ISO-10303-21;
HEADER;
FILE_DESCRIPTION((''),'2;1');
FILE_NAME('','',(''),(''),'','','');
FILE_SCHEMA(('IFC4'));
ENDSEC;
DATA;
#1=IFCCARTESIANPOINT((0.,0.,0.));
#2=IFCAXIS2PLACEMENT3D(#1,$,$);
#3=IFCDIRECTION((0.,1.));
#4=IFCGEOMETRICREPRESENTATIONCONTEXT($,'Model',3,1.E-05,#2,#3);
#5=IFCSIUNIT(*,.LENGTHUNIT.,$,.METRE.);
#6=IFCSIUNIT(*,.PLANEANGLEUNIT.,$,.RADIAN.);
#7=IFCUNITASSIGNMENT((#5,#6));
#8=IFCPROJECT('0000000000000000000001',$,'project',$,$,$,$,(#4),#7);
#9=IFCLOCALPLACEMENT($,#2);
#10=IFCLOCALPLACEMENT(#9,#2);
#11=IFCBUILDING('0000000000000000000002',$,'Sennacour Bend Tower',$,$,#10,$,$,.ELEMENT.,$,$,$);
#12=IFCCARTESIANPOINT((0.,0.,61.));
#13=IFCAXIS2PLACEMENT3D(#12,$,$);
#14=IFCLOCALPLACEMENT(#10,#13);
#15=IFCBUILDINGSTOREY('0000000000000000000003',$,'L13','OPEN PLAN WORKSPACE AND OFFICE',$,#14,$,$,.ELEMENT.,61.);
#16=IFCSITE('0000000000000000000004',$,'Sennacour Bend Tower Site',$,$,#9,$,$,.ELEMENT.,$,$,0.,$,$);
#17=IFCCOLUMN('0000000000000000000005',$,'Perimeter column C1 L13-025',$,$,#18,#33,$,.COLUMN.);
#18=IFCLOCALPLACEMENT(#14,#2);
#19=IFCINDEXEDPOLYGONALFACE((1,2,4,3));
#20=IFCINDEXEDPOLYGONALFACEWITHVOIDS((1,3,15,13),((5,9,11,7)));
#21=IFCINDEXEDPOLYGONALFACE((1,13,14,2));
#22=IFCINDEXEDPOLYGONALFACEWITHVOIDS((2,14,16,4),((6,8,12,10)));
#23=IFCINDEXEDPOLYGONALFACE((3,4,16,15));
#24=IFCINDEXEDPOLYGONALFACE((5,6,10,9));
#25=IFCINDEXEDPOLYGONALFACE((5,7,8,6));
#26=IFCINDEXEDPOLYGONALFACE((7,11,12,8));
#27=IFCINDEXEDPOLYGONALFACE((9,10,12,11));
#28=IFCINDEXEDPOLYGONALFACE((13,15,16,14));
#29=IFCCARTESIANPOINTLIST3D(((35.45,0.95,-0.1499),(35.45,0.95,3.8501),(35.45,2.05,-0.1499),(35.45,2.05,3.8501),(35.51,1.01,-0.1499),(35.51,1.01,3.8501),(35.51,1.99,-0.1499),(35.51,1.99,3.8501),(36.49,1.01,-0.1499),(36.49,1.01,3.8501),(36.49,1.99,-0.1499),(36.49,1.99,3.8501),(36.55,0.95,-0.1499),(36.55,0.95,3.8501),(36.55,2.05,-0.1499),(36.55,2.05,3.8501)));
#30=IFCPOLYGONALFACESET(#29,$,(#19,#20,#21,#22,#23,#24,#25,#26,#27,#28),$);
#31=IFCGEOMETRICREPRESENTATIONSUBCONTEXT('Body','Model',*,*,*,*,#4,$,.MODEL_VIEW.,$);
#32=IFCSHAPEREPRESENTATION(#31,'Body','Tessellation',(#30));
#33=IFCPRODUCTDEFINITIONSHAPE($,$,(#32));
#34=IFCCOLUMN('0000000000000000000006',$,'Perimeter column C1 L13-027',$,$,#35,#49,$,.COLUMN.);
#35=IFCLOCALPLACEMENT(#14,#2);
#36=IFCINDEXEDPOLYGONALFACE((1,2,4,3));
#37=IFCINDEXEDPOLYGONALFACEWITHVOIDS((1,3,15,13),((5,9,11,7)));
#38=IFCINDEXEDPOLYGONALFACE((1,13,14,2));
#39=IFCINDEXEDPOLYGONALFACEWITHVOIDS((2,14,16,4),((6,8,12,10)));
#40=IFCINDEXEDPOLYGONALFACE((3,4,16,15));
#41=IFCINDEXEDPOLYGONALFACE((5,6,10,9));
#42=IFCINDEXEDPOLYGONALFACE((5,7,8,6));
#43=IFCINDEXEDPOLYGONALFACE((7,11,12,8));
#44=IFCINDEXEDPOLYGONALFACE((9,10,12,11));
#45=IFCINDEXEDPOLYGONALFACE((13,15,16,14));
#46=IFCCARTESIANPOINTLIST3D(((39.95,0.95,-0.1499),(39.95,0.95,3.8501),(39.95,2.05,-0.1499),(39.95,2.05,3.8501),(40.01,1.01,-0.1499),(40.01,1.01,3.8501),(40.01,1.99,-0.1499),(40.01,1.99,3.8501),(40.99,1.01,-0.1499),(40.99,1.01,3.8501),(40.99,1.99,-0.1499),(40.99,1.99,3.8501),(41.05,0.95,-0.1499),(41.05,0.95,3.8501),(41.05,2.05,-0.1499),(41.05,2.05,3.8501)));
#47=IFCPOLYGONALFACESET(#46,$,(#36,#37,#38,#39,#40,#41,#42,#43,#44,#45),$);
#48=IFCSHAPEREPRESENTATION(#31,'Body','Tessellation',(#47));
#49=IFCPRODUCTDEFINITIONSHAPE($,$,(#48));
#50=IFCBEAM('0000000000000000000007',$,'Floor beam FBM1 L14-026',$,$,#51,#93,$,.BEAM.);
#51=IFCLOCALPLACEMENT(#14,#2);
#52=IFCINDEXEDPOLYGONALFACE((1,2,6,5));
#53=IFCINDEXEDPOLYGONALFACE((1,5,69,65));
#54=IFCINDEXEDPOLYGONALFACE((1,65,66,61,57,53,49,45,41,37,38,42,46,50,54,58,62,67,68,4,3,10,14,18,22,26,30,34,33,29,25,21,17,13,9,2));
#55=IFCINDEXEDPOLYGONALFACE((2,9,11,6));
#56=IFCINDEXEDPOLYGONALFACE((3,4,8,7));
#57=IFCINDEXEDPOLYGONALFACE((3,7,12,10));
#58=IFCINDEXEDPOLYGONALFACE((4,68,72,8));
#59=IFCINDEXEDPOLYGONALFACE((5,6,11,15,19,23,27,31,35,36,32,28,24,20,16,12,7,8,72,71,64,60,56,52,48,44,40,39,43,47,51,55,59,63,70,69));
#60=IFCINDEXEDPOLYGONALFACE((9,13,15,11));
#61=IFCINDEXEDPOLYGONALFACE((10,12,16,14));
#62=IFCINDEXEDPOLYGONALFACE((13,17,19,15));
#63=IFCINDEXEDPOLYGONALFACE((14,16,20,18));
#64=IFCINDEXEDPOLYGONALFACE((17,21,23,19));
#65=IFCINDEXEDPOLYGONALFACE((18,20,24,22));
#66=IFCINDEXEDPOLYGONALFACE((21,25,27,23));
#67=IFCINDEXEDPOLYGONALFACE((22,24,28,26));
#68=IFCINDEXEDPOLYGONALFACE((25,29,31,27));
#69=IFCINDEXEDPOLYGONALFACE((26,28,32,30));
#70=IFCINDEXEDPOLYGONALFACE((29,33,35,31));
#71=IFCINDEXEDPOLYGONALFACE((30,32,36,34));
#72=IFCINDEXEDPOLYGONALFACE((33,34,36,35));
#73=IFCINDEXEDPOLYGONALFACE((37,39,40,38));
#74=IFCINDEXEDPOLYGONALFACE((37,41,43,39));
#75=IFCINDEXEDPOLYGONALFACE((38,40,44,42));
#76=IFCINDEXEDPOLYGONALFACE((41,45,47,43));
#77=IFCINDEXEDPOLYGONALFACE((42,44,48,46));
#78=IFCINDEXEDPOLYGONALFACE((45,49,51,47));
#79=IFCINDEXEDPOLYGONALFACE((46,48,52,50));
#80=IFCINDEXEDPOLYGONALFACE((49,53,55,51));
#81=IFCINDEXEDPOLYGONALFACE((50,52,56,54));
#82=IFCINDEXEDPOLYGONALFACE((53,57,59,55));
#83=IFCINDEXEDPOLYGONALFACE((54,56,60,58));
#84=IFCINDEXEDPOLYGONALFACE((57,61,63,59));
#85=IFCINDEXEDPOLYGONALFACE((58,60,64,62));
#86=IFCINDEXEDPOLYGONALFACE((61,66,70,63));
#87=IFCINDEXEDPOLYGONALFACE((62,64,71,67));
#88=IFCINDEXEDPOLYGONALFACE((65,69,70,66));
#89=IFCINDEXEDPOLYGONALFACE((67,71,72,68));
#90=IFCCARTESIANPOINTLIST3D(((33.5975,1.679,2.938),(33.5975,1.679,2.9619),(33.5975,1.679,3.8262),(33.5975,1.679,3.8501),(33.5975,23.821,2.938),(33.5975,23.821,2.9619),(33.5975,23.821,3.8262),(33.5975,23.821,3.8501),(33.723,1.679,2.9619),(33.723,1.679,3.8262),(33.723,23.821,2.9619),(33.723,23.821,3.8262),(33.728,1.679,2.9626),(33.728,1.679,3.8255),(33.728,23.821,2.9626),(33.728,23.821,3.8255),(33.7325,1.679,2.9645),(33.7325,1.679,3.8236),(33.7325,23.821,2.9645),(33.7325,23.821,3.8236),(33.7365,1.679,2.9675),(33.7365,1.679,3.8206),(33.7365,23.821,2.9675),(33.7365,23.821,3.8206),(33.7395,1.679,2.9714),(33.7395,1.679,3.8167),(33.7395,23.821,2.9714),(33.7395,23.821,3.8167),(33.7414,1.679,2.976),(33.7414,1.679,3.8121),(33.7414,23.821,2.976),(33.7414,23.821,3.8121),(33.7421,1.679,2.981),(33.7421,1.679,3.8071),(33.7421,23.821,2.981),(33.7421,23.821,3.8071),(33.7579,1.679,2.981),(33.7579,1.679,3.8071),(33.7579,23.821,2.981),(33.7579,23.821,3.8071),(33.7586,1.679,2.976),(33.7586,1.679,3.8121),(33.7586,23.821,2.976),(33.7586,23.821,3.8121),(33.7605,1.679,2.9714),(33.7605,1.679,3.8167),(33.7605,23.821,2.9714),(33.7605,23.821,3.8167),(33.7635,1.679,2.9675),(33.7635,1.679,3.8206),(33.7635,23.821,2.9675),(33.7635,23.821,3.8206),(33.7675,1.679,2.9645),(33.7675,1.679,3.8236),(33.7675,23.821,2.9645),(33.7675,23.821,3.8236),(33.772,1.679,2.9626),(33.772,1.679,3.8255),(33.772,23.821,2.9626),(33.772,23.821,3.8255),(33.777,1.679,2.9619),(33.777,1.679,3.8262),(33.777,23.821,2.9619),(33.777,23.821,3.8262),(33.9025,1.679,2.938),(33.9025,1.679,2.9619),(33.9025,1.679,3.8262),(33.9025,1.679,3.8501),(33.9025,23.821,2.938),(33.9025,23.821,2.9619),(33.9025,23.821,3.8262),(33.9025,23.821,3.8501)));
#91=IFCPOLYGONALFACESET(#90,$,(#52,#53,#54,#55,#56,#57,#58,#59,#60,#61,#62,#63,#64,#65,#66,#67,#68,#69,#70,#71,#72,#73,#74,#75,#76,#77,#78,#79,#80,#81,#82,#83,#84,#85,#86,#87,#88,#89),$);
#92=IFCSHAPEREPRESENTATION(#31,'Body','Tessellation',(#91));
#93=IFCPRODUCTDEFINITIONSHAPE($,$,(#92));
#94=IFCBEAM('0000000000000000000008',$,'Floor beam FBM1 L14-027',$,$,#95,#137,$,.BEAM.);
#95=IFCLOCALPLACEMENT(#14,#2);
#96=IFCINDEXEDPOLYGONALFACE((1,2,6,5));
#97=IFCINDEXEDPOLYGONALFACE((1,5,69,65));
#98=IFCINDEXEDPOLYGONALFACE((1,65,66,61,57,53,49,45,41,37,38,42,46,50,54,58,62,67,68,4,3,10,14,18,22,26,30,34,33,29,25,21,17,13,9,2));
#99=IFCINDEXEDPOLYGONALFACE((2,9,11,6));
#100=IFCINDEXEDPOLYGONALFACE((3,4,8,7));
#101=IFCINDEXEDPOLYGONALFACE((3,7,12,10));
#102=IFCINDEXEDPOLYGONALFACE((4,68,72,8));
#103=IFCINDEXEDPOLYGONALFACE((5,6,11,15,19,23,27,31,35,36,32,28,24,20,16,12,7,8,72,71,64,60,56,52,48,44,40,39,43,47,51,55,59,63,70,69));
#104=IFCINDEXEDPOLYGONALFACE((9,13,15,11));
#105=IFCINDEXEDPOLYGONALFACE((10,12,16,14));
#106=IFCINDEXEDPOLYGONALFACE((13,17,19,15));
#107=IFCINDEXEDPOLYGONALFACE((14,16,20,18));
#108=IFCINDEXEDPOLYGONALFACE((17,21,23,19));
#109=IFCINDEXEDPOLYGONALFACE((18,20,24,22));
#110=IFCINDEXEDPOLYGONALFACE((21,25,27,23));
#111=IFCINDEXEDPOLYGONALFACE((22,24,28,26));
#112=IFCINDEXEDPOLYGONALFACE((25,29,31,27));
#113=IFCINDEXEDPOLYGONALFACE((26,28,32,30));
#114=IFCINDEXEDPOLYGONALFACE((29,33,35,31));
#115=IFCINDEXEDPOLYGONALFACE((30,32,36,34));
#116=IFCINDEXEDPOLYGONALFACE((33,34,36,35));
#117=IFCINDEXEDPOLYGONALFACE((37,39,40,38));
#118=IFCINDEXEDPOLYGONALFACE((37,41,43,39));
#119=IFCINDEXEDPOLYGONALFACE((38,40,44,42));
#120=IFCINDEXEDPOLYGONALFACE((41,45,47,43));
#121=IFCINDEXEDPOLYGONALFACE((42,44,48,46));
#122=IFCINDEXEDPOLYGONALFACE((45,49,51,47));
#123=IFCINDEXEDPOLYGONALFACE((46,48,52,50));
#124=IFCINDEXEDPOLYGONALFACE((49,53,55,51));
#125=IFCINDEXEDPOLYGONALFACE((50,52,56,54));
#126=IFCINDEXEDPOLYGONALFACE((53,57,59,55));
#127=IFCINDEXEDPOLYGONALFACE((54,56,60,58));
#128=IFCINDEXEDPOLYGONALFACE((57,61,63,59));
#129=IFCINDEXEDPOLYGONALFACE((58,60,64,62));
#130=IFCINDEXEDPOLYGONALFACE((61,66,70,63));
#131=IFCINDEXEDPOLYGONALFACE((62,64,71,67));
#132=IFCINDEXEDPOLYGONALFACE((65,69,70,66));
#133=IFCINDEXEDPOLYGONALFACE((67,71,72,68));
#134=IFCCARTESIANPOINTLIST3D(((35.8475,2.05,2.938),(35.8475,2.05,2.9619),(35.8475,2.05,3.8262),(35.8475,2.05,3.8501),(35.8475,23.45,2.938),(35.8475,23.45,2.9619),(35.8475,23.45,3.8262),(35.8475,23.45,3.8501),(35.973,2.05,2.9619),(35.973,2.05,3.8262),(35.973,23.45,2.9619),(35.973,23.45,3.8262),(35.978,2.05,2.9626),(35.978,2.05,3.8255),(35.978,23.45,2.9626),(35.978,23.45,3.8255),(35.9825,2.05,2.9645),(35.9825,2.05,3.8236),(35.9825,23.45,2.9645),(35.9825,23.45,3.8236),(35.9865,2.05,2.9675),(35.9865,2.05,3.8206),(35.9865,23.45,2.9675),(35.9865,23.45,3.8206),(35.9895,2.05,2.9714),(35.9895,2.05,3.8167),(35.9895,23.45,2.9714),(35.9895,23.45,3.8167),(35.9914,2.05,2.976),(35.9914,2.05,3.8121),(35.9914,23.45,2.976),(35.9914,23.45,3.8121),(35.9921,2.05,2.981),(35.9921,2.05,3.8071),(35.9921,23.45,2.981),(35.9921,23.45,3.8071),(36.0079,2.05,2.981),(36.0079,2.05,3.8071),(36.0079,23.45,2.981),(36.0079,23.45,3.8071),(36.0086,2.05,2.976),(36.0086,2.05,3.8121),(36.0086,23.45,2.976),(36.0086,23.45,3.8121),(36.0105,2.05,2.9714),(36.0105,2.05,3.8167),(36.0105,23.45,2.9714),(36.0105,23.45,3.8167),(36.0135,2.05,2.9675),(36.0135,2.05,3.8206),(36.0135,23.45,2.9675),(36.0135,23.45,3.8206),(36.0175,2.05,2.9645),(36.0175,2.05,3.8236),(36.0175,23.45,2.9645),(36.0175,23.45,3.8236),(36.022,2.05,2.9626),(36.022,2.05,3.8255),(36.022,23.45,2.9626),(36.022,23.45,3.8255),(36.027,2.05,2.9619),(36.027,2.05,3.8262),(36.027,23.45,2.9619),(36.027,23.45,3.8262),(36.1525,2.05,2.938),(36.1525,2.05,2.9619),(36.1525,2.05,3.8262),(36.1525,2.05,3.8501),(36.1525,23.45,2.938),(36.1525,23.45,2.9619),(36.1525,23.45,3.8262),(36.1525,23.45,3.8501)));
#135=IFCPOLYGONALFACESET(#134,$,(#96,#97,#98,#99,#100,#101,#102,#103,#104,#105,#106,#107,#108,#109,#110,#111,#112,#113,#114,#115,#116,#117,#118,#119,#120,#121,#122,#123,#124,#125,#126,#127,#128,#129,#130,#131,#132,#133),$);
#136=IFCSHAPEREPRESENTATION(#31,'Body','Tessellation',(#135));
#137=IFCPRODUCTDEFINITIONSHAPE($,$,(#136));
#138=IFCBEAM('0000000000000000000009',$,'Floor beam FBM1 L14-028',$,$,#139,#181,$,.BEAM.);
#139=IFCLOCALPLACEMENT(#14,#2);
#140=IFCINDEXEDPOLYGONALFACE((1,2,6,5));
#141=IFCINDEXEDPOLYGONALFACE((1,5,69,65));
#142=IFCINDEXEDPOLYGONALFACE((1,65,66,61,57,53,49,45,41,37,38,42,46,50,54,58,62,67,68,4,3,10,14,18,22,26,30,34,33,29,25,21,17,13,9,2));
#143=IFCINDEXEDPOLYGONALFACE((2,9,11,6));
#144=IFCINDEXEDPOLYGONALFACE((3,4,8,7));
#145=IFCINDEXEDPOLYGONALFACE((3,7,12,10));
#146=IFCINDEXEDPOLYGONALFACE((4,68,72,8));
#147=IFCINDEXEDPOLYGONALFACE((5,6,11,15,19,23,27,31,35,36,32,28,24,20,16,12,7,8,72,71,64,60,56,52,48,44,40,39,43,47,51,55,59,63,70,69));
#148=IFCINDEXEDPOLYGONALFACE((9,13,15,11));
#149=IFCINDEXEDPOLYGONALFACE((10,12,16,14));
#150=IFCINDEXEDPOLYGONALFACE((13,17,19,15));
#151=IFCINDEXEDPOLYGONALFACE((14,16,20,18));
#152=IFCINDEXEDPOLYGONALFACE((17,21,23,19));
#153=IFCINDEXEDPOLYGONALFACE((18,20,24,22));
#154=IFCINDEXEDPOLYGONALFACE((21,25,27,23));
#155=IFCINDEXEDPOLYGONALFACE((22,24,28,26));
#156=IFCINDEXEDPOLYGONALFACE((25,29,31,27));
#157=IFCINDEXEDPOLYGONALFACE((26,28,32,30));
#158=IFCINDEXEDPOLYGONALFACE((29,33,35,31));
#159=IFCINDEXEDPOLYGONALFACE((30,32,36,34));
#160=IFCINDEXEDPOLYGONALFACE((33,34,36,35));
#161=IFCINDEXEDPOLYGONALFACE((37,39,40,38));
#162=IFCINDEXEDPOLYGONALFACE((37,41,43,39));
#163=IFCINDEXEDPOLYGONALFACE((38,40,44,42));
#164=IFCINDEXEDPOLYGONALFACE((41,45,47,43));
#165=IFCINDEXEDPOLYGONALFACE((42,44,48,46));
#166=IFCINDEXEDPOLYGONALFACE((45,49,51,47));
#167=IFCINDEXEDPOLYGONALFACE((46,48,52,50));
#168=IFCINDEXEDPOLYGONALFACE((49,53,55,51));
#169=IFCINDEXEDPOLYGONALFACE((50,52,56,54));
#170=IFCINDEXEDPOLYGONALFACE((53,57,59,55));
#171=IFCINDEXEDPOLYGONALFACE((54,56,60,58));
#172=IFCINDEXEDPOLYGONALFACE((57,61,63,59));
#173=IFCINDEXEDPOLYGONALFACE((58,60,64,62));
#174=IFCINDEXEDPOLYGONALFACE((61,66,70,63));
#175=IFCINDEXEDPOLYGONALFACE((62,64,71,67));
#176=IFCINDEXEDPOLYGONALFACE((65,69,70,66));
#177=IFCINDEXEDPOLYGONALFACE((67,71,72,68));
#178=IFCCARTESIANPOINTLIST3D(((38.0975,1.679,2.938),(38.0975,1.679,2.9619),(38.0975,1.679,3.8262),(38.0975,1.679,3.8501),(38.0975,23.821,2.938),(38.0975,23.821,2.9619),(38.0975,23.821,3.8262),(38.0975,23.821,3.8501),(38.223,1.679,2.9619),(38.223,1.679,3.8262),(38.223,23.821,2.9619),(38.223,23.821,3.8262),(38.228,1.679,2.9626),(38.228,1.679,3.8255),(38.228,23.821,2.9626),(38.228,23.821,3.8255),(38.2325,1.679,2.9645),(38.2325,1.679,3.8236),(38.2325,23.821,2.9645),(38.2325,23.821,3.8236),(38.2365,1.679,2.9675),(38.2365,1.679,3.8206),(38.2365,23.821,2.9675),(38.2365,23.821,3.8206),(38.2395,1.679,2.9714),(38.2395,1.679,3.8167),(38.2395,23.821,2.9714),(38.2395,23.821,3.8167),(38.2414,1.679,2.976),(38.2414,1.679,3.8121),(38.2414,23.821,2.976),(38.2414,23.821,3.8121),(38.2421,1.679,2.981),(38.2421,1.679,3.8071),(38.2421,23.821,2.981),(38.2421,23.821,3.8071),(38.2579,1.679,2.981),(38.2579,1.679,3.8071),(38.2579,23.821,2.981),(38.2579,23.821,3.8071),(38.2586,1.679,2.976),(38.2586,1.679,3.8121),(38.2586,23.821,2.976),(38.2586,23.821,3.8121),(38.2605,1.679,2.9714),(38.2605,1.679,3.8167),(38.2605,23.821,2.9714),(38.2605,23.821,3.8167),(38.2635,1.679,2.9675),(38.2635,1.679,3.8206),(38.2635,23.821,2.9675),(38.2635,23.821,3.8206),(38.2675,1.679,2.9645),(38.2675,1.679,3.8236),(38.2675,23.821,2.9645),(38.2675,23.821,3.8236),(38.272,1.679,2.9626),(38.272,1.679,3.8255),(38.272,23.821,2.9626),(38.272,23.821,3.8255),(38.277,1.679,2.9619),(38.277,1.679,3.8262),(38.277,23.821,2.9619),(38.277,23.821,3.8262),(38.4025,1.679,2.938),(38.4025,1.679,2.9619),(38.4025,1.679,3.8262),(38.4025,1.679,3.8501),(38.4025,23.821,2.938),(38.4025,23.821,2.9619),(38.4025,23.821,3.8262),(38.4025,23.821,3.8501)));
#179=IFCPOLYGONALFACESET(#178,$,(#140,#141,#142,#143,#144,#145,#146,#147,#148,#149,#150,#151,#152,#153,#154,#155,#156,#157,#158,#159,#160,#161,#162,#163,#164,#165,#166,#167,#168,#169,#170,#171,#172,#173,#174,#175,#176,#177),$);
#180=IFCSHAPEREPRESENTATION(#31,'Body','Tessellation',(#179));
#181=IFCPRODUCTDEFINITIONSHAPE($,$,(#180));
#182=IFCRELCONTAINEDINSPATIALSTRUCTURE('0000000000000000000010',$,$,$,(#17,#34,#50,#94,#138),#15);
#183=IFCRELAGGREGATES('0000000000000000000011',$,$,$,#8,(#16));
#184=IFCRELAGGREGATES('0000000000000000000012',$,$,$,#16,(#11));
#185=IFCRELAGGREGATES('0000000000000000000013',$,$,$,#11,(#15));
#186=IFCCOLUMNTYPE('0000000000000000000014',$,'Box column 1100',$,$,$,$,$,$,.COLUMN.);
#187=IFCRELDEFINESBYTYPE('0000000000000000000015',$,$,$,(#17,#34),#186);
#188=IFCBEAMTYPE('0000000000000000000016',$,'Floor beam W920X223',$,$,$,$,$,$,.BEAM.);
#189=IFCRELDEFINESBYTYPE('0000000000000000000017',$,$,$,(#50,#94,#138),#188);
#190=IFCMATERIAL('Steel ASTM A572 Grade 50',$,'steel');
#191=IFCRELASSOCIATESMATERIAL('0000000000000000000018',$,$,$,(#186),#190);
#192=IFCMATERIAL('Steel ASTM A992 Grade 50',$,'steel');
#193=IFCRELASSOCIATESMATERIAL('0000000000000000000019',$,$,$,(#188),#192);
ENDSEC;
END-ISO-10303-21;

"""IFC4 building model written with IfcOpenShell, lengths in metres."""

from ifc_helpers import new_model, si_unit, direction, frame, origin, origin_2d, place, context, subcontext, project, spatial, hollow_rectangle, i_section, extrude, material, material_profile, profile_set, type_object, element, save


model = new_model("IFC4")

# Units and contexts
model_context = context("Model", 3, precision=1e-05, world=origin(), true_north=direction((0.0, 1.0)))
body_context = subcontext(model_context, "Body", "Model", "MODEL_VIEW")
ifc_project = project(units=[si_unit("LENGTHUNIT", "METRE"), si_unit("PLANEANGLEUNIT", "RADIAN")], contexts=[model_context])

# Site, building, storey
site_placement = place(None, origin())
site = spatial("IfcSite", under=ifc_project, at=site_placement, Name="Sennacour Bend Tower Site", CompositionType="ELEMENT", RefElevation=0.0)
building_placement = place(site_placement, origin())
building = spatial("IfcBuilding", under=site, at=building_placement, Name="Sennacour Bend Tower", CompositionType="ELEMENT")
storey_placement = place(building_placement, frame((0.0, 0.0, 61.0)))
storey = spatial("IfcBuildingStorey", under=building, at=storey_placement, Name="L13", Description="OPEN PLAN WORKSPACE AND OFFICE", CompositionType="ELEMENT", Elevation=61.0)

# Columns
ifc_material_1 = material(Name="Steel ASTM A572 Grade 50", Category="steel")
ifc_material_profile_1 = material_profile(ifc_material_1, hollow_rectangle(XDim=1.1001, YDim=1.1001, WallThickness=0.0601, at=origin_2d()), Name="Steel ASTM A572 Grade 50", Category="steel")
ifc_profile_set_1 = profile_set([ifc_material_profile_1], Name="Steel ASTM A572 Grade 50")
column_type = type_object("IfcColumnType", Name="Box column 1100", PredefinedType="COLUMN", material=ifc_profile_set_1)
for number, where, z_axis, x_axis, name in (
    (1, (36.0, 1.5, -0.1499), (0.0, 0.0, 1.0), (1.0, 0.0, 0.0), "Perimeter column C1 L13-025"),
    (2, (40.5, 1.5, -0.1499), (0.0, 0.0, 1.0), (1.0, 0.0, 0.0), "Perimeter column C1 L13-027"),
):
    element("IfcColumn", number, at=place(storey_placement, frame(where, z_axis=z_axis, x_axis=x_axis)), inside=storey, type_object=column_type, Name=name, PredefinedType="COLUMN", context=body_context, shape_type="SweptSolid", body=[
        extrude(hollow_rectangle(XDim=1.1001, YDim=1.1001, WallThickness=0.0601, at=origin_2d()), origin(), (0.0, 0.0, 1.0), 4.0),
    ])

# Beams
ifc_material_2 = material(Name="Steel ASTM A992 Grade 50", Category="steel")
ifc_material_profile_2 = material_profile(ifc_material_2, i_section(OverallWidth=0.3049, OverallDepth=0.9121, WebThickness=0.0159, FlangeThickness=0.0239, FilletRadius=0.019, at=origin_2d()), Name="Steel ASTM A992 Grade 50", Category="steel")
ifc_profile_set_2 = profile_set([ifc_material_profile_2], Name="Steel ASTM A992 Grade 50")
beam_type_1 = type_object("IfcBeamType", Name="Floor beam W920X223", PredefinedType="BEAM", material=ifc_profile_set_2)
beam_1_placement = place(storey_placement, frame((33.75, 1.679, 3.394), z_axis=(0.0, 1.0, 0.0), x_axis=(-1.0, 0.0, 0.0)))
element("IfcBeam", 3, at=beam_1_placement, inside=storey, type_object=beam_type_1, Name="Floor beam FBM1 L14-026", PredefinedType="BEAM", context=body_context, shape_type="SweptSolid", body=[
    extrude(i_section(OverallWidth=0.3049, OverallDepth=0.9121, WebThickness=0.0159, FlangeThickness=0.0239, FilletRadius=0.019, at=origin_2d()), origin(), (0.0, 0.0, 1.0), 22.1421),
])
beam_2_placement = place(storey_placement, frame((36.0, 2.05, 3.394), z_axis=(0.0, 1.0, 0.0), x_axis=(-1.0, 0.0, 0.0)))
element("IfcBeam", 4, at=beam_2_placement, inside=storey, type_object=beam_type_1, Name="Floor beam FBM1 L14-027", PredefinedType="BEAM", context=body_context, shape_type="SweptSolid", body=[
    extrude(i_section(OverallWidth=0.3049, OverallDepth=0.9121, WebThickness=0.0159, FlangeThickness=0.0239, FilletRadius=0.019, at=origin_2d()), origin(), (0.0, 0.0, 1.0), 21.3999),
])
beam_3_placement = place(storey_placement, frame((38.25, 1.679, 3.394), z_axis=(0.0, 1.0, 0.0), x_axis=(-1.0, 0.0, 0.0)))
element("IfcBeam", 5, at=beam_3_placement, inside=storey, type_object=beam_type_1, Name="Floor beam FBM1 L14-028", PredefinedType="BEAM", context=body_context, shape_type="SweptSolid", body=[
    extrude(i_section(OverallWidth=0.3049, OverallDepth=0.9121, WebThickness=0.0159, FlangeThickness=0.0239, FilletRadius=0.019, at=origin_2d()), origin(), (0.0, 0.0, 1.0), 22.1421),
])

save(model, "model.ifc")
